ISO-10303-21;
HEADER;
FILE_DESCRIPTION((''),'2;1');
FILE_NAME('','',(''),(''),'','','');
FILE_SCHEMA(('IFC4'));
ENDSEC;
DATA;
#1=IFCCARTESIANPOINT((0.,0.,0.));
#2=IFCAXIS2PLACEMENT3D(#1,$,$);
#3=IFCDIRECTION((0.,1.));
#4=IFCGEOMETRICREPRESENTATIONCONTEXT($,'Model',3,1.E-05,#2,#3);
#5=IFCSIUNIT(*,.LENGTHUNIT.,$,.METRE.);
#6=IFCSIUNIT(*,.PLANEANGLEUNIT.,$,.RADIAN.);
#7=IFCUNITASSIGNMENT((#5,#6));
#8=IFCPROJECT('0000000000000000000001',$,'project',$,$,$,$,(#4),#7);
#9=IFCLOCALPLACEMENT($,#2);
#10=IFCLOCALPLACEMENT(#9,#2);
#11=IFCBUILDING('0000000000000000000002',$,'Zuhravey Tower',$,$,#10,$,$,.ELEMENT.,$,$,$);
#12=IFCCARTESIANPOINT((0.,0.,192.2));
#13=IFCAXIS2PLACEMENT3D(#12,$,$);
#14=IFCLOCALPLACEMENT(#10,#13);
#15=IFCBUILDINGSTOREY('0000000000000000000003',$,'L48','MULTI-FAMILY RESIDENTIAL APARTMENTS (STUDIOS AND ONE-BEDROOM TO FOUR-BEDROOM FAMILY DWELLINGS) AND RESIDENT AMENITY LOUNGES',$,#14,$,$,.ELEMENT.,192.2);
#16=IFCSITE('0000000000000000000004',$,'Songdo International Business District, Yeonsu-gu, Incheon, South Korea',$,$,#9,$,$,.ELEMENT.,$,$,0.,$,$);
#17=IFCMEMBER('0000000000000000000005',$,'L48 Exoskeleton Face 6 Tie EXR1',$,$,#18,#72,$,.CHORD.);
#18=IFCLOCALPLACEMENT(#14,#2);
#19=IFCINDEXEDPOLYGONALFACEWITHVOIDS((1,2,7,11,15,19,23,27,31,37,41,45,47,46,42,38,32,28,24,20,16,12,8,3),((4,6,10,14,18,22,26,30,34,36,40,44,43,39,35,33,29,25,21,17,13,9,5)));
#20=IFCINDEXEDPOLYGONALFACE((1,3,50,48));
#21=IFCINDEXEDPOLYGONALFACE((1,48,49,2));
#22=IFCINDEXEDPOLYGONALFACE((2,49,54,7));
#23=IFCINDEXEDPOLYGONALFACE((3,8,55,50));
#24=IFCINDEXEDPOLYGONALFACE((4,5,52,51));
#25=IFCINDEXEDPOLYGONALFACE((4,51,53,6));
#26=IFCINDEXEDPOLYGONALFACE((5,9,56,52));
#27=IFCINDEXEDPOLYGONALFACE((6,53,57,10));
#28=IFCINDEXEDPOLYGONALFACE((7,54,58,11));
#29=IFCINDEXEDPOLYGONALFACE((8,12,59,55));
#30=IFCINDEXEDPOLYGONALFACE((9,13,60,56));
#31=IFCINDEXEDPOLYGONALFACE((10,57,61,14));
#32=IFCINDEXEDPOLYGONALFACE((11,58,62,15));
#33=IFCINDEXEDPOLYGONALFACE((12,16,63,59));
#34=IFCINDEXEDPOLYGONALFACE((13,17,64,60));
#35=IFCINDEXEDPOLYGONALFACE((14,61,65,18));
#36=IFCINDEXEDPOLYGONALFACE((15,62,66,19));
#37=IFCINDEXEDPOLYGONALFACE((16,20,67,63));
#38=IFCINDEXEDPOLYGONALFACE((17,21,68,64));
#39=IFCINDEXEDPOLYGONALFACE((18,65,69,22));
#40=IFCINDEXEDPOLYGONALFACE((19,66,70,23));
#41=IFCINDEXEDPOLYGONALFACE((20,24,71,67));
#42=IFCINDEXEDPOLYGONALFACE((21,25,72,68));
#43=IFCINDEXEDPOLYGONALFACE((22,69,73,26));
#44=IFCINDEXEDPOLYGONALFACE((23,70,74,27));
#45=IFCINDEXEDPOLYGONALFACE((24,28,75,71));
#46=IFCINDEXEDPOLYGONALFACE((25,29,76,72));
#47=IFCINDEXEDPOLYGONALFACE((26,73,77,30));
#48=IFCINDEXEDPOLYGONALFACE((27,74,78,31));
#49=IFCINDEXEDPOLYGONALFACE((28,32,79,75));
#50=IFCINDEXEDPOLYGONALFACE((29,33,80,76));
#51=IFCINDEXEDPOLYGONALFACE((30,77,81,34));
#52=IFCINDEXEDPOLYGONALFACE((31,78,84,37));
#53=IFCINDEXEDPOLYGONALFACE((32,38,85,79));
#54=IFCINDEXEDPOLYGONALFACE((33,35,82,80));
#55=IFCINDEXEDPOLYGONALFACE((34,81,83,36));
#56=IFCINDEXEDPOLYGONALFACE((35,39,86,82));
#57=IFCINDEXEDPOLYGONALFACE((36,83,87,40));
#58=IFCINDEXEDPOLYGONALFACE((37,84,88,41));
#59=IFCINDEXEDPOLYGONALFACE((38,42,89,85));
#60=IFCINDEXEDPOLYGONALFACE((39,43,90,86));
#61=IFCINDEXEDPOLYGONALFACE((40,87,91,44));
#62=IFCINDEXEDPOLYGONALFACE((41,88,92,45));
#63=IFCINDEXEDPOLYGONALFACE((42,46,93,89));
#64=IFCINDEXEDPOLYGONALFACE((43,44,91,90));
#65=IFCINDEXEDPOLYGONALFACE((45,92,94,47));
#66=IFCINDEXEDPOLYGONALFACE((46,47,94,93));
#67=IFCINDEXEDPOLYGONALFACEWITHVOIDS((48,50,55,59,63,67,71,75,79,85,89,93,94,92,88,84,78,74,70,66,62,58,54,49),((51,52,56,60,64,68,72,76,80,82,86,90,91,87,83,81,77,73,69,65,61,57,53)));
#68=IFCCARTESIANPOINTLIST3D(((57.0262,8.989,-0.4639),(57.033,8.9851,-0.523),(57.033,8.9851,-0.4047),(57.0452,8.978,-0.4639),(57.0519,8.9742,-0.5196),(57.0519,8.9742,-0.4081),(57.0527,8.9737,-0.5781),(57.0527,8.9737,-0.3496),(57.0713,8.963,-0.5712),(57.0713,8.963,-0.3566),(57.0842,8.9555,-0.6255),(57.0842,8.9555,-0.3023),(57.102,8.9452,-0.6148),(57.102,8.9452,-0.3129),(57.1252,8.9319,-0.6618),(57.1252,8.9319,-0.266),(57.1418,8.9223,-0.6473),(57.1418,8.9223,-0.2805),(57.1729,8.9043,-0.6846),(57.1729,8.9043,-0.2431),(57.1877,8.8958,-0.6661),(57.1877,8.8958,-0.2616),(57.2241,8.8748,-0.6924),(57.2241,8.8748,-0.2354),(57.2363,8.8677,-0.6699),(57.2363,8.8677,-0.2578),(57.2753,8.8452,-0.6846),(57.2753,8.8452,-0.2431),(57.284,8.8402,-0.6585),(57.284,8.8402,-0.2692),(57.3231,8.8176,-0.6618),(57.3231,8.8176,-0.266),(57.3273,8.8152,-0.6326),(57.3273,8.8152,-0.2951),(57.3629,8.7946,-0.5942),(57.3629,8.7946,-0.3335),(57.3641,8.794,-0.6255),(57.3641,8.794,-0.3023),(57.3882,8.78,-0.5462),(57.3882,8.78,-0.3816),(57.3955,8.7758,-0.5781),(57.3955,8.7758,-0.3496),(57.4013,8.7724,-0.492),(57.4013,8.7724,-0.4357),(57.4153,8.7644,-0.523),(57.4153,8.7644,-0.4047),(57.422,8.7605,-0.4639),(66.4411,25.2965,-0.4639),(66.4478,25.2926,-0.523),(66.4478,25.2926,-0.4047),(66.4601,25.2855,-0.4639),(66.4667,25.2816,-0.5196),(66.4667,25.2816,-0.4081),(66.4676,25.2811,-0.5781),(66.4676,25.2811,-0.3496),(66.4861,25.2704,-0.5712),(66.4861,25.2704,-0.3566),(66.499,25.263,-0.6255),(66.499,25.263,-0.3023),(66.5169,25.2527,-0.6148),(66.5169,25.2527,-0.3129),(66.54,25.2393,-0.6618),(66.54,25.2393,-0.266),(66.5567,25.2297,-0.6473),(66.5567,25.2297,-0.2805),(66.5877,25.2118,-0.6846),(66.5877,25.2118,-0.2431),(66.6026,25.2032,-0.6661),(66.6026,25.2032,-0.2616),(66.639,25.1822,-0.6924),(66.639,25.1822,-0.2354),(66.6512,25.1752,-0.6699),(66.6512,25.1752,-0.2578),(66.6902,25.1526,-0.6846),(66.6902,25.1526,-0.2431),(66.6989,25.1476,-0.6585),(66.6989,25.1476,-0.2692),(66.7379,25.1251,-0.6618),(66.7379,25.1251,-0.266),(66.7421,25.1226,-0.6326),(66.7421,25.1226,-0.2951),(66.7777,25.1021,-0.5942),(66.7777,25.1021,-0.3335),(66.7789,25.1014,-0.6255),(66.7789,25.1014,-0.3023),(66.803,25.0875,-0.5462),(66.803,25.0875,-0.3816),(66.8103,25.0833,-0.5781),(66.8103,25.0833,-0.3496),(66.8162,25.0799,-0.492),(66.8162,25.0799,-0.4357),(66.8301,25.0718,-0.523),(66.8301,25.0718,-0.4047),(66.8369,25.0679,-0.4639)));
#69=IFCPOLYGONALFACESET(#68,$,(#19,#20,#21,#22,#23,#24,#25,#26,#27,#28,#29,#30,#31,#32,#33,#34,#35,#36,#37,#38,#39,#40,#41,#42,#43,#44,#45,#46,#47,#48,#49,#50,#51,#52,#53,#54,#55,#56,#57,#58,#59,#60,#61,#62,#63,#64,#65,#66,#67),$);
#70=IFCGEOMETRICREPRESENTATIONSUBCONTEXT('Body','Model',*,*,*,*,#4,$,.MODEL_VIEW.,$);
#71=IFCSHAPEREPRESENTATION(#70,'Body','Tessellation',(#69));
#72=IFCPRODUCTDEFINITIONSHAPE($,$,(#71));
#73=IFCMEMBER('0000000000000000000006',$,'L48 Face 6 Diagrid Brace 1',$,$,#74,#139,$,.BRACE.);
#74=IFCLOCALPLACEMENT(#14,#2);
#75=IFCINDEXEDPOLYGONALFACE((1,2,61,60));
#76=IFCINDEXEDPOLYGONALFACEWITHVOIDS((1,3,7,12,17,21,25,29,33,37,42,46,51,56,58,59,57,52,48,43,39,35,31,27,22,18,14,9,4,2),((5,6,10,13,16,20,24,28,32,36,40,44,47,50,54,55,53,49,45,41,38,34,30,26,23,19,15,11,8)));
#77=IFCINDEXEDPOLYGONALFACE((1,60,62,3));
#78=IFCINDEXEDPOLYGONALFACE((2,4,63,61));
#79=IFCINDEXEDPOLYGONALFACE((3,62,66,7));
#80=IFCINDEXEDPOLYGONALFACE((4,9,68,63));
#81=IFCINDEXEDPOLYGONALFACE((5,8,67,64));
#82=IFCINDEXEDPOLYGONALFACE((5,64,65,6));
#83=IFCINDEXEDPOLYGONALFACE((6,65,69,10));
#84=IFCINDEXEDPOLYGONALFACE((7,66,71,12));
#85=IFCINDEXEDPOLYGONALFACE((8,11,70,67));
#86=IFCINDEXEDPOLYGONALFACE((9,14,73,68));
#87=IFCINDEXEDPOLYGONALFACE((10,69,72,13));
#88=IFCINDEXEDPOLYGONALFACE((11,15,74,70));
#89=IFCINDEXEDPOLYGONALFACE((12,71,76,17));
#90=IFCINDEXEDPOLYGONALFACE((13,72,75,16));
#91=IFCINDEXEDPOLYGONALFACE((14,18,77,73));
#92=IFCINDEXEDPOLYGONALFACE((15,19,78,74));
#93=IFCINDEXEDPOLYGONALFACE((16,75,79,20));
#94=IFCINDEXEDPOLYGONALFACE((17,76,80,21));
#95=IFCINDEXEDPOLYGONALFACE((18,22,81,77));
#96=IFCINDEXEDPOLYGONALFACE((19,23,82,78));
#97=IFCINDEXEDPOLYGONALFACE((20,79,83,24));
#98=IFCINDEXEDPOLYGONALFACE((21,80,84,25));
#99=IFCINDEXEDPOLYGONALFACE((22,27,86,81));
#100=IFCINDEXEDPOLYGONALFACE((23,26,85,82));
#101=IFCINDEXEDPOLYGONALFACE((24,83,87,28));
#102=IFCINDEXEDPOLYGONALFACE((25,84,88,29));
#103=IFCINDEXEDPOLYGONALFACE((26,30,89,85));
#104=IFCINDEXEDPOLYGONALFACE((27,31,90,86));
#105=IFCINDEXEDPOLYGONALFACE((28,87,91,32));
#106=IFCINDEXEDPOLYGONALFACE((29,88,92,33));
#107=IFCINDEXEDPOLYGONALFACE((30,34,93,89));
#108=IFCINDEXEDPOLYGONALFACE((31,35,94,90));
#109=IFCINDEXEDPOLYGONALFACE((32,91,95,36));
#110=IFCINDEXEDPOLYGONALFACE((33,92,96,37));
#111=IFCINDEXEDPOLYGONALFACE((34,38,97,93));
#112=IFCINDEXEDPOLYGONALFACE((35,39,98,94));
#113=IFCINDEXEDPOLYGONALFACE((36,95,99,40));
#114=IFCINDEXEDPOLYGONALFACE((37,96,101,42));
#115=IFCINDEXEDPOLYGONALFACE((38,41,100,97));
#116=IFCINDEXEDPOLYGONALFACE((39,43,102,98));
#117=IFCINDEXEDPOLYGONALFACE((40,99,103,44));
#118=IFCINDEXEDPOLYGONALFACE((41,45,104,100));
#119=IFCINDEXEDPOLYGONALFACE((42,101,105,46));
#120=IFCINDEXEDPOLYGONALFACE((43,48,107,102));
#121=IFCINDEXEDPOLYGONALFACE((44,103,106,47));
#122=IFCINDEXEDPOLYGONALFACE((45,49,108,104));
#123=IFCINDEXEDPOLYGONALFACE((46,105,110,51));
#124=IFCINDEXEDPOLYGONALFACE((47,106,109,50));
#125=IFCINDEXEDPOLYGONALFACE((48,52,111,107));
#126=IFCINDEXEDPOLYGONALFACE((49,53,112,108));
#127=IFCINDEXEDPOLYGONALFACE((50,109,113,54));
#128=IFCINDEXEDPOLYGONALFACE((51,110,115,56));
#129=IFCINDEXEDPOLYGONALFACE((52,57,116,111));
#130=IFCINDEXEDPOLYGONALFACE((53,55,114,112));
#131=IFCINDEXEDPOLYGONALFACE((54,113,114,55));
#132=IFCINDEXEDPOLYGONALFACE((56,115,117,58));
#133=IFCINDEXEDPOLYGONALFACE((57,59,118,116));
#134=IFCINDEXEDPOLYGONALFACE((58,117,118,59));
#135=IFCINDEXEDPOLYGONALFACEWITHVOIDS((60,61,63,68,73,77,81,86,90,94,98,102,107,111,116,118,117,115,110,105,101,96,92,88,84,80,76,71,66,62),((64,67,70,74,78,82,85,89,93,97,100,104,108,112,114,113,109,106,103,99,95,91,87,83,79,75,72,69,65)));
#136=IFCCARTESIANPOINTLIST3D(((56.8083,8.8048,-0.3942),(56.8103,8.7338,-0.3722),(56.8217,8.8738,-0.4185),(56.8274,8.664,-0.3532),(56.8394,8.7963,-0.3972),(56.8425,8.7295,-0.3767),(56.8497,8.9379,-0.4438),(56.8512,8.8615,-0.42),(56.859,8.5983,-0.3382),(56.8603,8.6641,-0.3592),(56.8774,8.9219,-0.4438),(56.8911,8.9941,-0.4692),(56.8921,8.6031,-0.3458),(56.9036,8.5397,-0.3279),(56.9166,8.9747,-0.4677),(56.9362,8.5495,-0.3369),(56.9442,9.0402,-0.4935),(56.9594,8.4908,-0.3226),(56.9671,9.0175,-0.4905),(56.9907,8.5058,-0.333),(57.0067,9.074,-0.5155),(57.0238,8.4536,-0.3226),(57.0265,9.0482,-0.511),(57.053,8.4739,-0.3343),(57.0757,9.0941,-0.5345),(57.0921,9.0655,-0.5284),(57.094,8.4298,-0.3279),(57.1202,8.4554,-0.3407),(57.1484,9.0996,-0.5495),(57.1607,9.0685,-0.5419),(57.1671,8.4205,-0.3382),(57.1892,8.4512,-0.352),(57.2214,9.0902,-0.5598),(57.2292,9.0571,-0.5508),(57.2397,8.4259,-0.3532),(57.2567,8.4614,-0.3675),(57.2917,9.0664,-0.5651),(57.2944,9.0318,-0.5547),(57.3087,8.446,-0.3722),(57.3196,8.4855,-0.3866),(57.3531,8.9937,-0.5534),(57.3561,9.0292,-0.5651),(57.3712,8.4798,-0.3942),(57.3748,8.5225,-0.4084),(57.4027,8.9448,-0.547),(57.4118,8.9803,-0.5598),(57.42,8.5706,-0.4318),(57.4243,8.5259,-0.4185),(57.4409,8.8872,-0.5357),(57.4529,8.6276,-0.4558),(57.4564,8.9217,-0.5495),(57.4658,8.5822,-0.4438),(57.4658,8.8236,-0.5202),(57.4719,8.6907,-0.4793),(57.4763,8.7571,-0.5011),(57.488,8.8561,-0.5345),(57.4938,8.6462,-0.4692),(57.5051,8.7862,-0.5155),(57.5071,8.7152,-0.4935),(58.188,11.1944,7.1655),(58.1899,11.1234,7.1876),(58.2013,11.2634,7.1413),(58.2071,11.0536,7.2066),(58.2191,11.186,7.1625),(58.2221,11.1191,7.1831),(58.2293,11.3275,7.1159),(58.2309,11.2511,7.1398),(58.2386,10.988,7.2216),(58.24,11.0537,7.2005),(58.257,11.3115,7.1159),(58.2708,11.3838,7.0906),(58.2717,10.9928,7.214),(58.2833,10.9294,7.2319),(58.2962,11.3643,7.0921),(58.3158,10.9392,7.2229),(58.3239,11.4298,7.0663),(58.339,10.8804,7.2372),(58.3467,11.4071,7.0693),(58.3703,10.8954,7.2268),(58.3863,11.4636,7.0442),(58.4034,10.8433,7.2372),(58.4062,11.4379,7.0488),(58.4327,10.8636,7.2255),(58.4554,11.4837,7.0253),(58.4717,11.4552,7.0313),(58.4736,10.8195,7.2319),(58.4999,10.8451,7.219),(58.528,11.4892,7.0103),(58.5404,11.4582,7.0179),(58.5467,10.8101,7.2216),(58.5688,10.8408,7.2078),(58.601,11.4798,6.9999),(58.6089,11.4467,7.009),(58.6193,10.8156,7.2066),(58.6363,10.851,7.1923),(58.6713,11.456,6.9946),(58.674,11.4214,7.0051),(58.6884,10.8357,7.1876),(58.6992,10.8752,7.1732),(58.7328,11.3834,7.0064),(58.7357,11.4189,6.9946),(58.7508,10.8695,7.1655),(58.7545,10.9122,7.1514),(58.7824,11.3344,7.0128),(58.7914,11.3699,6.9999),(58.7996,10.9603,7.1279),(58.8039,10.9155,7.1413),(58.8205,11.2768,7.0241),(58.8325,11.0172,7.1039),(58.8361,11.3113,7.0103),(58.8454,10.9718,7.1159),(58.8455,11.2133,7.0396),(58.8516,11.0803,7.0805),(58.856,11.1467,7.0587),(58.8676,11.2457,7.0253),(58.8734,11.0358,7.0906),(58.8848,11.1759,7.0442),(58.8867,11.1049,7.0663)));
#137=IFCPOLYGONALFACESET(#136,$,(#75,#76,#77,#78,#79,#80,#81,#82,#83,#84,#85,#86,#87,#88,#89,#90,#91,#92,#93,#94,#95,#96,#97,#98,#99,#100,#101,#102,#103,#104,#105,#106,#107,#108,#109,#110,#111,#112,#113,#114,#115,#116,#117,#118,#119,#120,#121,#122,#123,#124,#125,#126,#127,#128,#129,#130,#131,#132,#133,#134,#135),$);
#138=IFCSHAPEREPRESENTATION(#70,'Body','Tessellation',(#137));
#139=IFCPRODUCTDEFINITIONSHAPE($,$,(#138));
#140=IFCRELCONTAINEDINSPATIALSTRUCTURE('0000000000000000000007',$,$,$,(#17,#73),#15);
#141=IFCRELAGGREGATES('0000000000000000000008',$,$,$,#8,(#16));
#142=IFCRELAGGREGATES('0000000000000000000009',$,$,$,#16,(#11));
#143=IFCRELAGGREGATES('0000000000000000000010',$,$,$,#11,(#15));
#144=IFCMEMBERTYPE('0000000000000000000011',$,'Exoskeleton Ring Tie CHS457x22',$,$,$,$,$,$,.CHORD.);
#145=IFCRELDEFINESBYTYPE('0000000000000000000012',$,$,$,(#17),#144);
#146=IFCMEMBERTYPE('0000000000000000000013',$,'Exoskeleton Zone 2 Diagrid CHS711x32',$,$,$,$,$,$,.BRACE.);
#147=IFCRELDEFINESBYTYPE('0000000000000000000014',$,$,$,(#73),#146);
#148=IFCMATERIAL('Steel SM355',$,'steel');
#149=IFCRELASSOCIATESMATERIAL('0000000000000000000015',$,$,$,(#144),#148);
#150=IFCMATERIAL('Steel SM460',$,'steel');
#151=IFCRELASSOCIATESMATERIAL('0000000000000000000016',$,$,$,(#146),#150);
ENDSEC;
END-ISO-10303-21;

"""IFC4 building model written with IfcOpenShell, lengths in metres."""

from ifc_helpers import new_model, si_unit, direction, frame, origin, origin_2d, place, context, subcontext, project, spatial, hollow_circle, extrude, material, material_profile, profile_set, type_object, element, save


model = new_model("IFC4")

# Units and contexts
model_context = context("Model", 3, precision=1e-05, world=origin(), true_north=direction((0.0, 1.0)))
body_context = subcontext(model_context, "Body", "Model", "MODEL_VIEW")
ifc_project = project(units=[si_unit("LENGTHUNIT", "METRE"), si_unit("PLANEANGLEUNIT", "RADIAN")], contexts=[model_context])

# Site, building, storey
site_placement = place(None, origin())
site = spatial("IfcSite", under=ifc_project, at=site_placement, Name="Songdo International Business District, Yeonsu-gu, Incheon, South Korea", CompositionType="ELEMENT", RefElevation=0.0)
building_placement = place(site_placement, origin())
building = spatial("IfcBuilding", under=site, at=building_placement, Name="Zuhravey Tower", CompositionType="ELEMENT")
storey_placement = place(building_placement, frame((0.0, 0.0, 192.2)))
storey = spatial("IfcBuildingStorey", under=building, at=storey_placement, Name="L48", Description="MULTI-FAMILY RESIDENTIAL APARTMENTS (STUDIOS AND ONE-BEDROOM TO FOUR-BEDROOM FAMILY DWELLINGS) AND RESIDENT AMENITY LOUNGES", CompositionType="ELEMENT", Elevation=192.2)

# Members
ifc_material_1 = material(Name="Steel SM355", Category="steel")
ifc_material_profile_1 = material_profile(ifc_material_1, hollow_circle(Radius=0.2285, WallThickness=0.022, at=origin_2d()), Name="CHS-457.2x22")
ifc_profile_set_1 = profile_set([ifc_material_profile_1], Name="Steel SM355")
member_type_1 = type_object("IfcMemberType", Name="Exoskeleton Ring Tie CHS457x22", PredefinedType="CHORD", material=ifc_profile_set_1)
member_1_placement = place(storey_placement, frame((57.2241, 8.8748, -0.4639), z_axis=(0.499989, 0.866032, 0.0), x_axis=(-0.866032, 0.499989, 0.0)))
element("IfcMember", 1, at=member_1_placement, inside=storey, type_object=member_type_1, Name="L48 Exoskeleton Face 6 Tie EXR1", PredefinedType="CHORD", context=body_context, shape_type="SweptSolid", body=[
    extrude(hollow_circle(Radius=0.2285, WallThickness=0.022, at=origin_2d()), origin(), (0.0, 0.0, 1.0), 18.8301),
])
ifc_material_2 = material(Name="Steel SM460", Category="steel")
ifc_material_profile_2 = material_profile(ifc_material_2, hollow_circle(Radius=0.3557, WallThickness=0.032, at=origin_2d()), Name="CHS-711.2x32")
ifc_profile_set_2 = profile_set([ifc_material_profile_2], Name="Steel SM460")
member_type_2 = type_object("IfcMemberType", Name="Exoskeleton Zone 2 Diagrid CHS711x32", PredefinedType="BRACE", material=ifc_profile_set_2)
member_2_placement = place(storey_placement, frame((57.1577, 8.76, -0.4438), z_axis=(0.171434, 0.296938, 0.939382), x_axis=(-0.866029, 0.499993, 0.0)))
element("IfcMember", 2, at=member_2_placement, inside=storey, type_object=member_type_2, Name="L48 Face 6 Diagrid Brace 1", PredefinedType="BRACE", context=body_context, shape_type="SweptSolid", body=[
    extrude(hollow_circle(Radius=0.3557, WallThickness=0.032, at=origin_2d()), origin(), (0.0, 0.0, 1.0), 8.0476),
])

save(model, "model.ifc")
